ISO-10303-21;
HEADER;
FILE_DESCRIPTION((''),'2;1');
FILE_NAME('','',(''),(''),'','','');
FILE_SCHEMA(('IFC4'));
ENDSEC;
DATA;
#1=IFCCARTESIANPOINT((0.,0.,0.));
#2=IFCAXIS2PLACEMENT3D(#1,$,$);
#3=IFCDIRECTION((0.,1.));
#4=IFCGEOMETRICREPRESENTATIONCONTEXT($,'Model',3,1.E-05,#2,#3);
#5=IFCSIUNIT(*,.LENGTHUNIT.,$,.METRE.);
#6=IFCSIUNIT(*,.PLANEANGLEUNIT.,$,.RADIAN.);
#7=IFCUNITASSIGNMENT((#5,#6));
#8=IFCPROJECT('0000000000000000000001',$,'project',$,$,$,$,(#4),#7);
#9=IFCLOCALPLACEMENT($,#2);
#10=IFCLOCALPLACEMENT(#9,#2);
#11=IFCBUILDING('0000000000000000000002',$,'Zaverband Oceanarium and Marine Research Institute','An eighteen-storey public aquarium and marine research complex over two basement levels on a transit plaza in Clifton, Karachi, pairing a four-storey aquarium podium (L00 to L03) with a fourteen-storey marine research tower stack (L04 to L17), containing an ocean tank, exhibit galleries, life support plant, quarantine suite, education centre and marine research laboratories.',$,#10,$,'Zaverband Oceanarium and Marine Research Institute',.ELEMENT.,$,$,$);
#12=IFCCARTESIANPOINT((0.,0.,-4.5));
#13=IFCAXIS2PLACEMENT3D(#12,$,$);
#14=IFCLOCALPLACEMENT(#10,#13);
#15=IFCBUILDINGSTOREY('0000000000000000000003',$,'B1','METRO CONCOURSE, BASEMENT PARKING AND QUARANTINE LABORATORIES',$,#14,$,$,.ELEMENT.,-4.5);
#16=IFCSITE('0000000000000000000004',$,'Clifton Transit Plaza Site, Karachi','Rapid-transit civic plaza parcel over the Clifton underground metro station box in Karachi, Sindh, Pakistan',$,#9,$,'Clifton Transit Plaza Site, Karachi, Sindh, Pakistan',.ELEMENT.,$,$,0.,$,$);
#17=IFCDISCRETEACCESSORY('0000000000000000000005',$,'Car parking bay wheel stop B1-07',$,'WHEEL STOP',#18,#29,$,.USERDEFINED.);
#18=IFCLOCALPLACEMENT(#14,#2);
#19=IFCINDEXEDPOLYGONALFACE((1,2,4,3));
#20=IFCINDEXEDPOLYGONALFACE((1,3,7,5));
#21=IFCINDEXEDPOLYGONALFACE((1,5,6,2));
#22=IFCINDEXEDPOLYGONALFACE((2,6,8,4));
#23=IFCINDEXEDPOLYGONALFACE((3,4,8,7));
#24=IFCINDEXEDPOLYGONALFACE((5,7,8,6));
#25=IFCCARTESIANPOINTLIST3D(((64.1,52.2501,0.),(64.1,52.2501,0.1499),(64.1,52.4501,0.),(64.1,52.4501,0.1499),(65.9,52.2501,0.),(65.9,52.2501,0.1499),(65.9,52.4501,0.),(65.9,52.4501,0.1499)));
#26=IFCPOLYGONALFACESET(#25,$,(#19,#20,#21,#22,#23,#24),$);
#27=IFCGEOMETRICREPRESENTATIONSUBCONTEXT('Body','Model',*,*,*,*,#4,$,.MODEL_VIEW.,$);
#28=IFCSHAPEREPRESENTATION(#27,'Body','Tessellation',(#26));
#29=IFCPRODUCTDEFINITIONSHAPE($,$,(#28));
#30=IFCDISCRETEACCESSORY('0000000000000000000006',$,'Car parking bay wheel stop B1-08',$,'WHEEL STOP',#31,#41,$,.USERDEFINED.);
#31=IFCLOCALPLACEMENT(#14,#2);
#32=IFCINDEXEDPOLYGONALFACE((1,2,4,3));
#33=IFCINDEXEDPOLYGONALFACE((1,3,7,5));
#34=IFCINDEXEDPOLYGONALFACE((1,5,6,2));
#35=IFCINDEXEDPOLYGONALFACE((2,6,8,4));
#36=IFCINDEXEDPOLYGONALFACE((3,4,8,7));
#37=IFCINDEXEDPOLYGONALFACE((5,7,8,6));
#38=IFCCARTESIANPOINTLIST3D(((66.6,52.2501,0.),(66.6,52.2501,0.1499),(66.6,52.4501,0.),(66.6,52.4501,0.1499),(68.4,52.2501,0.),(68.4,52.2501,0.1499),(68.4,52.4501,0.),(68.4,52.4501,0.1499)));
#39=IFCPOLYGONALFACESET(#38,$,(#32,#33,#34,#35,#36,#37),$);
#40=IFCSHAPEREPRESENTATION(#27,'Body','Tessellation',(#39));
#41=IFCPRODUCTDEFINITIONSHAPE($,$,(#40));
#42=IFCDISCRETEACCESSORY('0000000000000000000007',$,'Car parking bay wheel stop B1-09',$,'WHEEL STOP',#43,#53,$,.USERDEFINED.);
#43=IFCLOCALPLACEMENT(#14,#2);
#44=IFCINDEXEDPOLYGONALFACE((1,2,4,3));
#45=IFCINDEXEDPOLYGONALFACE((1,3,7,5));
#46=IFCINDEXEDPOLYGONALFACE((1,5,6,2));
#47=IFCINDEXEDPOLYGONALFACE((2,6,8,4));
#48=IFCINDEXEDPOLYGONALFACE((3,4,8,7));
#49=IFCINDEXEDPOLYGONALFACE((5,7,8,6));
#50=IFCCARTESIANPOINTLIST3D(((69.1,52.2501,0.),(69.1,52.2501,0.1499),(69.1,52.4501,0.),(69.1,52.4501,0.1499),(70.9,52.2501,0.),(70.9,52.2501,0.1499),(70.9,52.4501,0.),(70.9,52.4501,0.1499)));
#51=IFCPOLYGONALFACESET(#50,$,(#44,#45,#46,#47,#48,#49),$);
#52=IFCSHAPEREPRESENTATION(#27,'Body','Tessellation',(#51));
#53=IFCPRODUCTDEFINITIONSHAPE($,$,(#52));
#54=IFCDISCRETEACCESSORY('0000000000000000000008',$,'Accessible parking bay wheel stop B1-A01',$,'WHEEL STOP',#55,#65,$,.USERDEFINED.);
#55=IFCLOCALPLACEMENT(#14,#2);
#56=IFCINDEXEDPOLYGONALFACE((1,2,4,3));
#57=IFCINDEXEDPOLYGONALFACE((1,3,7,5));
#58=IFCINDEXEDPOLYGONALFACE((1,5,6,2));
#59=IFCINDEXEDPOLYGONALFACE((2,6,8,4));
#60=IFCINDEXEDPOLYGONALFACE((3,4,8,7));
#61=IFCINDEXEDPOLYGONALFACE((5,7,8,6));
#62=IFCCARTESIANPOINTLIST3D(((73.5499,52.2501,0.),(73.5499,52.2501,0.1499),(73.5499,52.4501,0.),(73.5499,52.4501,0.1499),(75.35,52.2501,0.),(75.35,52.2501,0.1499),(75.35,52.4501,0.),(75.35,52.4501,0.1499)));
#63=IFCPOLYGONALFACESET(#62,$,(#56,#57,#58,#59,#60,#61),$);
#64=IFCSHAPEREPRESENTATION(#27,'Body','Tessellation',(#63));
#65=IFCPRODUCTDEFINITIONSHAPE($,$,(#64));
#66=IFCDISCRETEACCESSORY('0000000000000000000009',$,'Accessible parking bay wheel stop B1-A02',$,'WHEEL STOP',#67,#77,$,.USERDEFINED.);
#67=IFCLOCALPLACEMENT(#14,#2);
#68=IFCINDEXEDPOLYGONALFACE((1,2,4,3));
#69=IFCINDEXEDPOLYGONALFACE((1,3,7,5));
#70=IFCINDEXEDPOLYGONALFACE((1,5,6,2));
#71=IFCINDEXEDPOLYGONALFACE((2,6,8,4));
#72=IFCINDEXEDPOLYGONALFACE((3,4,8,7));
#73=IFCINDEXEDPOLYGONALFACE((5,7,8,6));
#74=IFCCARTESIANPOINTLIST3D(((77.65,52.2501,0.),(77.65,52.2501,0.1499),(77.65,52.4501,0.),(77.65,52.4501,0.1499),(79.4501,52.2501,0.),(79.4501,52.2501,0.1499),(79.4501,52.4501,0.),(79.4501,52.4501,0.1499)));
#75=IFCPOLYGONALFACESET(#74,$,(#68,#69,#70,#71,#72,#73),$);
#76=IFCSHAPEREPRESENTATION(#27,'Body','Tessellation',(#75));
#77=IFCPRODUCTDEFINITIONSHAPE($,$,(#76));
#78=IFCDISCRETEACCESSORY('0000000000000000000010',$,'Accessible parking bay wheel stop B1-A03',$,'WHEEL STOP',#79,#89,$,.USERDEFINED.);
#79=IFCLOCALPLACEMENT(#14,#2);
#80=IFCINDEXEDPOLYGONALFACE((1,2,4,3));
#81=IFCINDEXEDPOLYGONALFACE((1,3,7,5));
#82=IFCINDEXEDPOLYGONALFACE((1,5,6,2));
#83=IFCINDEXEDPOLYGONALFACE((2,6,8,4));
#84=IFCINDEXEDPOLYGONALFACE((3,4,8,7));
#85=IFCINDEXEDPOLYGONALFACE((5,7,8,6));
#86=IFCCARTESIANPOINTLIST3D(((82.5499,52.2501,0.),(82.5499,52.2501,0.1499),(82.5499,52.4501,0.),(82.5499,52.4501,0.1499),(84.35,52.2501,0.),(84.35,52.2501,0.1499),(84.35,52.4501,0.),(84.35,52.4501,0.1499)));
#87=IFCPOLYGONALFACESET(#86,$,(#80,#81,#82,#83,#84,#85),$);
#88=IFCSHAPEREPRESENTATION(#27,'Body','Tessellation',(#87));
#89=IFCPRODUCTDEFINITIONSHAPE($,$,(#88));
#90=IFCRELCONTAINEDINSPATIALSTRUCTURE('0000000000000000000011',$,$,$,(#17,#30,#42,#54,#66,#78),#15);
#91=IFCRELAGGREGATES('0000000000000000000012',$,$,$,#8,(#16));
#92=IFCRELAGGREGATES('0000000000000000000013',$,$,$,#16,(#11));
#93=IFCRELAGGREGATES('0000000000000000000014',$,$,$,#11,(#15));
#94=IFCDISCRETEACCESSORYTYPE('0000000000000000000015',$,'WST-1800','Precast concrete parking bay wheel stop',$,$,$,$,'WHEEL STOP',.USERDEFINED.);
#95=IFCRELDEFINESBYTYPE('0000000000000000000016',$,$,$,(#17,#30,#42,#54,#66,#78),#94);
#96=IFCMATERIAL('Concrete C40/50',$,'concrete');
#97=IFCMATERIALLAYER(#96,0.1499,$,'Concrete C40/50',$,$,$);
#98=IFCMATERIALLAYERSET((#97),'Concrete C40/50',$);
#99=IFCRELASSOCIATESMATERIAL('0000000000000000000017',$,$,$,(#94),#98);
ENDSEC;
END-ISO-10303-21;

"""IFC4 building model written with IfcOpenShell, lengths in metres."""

from ifc_helpers import new_model, si_unit, direction, frame, origin, origin_2d, place, context, subcontext, project, spatial, rectangle, extrude, material, layer, layer_set, type_object, element, save


model = new_model("IFC4")

# Units and contexts
model_context = context("Model", 3, precision=1e-05, world=origin(), true_north=direction((0.0, 1.0)))
body_context = subcontext(model_context, "Body", "Model", "MODEL_VIEW")
ifc_project = project(units=[si_unit("LENGTHUNIT", "METRE"), si_unit("PLANEANGLEUNIT", "RADIAN")], contexts=[model_context])

# Site, building, storey
site_placement = place(None, origin())
site = spatial("IfcSite", under=ifc_project, at=site_placement, Name="Clifton Transit Plaza Site, Karachi", Description="Rapid-transit civic plaza parcel over the Clifton underground metro station box in Karachi, Sindh, Pakistan", LongName="Clifton Transit Plaza Site, Karachi, Sindh, Pakistan", CompositionType="ELEMENT", RefElevation=0.0)
building_placement = place(site_placement, origin())
building = spatial("IfcBuilding", under=site, at=building_placement, Name="Zaverband Oceanarium and Marine Research Institute", Description="An eighteen-storey public aquarium and marine research complex over two basement levels on a transit plaza in Clifton, Karachi, pairing a four-storey aquarium podium (L00 to L03) with a fourteen-storey marine research tower stack (L04 to L17), containing an ocean tank, exhibit galleries, life support plant, quarantine suite, education centre and marine research laboratories.", LongName="Zaverband Oceanarium and Marine Research Institute", CompositionType="ELEMENT")
storey_placement = place(building_placement, frame((0.0, 0.0, -4.5)))
storey = spatial("IfcBuildingStorey", under=building, at=storey_placement, Name="B1", Description="METRO CONCOURSE, BASEMENT PARKING AND QUARANTINE LABORATORIES", CompositionType="ELEMENT", Elevation=-4.5)

# Shared definitions
ifc_material_1 = material(Name="Concrete C40/50", Category="concrete")

# Discrete accessories
ifc_layer = layer(ifc_material_1, 0.1499, Name="Concrete C40/50")
ifc_layer_set = layer_set([ifc_layer], Name="Concrete C40/50")
discrete_accessory_type = type_object("IfcDiscreteAccessoryType", Name="WST-1800", Description="Precast concrete parking bay wheel stop", ElementType="WHEEL STOP", PredefinedType="USERDEFINED", material=ifc_layer_set)
for number, where, z_axis, x_axis, name in (
    (1, (65.0, 52.3501, 0.0), (0.0, 0.0, 1.0), (1.0, 0.0, 0.0), "Car parking bay wheel stop B1-07"),
    (2, (67.5, 52.3501, 0.0), (0.0, 0.0, 1.0), (1.0, 0.0, 0.0), "Car parking bay wheel stop B1-08"),
    (3, (70.0, 52.3501, 0.0), (0.0, 0.0, 1.0), (1.0, 0.0, 0.0), "Car parking bay wheel stop B1-09"),
    (4, (74.45, 52.3501, 0.0), (0.0, 0.0, 1.0), (1.0, 0.0, 0.0), "Accessible parking bay wheel stop B1-A01"),
    (5, (78.55, 52.3501, 0.0), (0.0, 0.0, 1.0), (1.0, 0.0, 0.0), "Accessible parking bay wheel stop B1-A02"),
    (6, (83.45, 52.3501, 0.0), (0.0, 0.0, 1.0), (1.0, 0.0, 0.0), "Accessible parking bay wheel stop B1-A03"),
):
    element("IfcDiscreteAccessory", number, at=place(storey_placement, frame(where, z_axis=z_axis, x_axis=x_axis)), inside=storey, type_object=discrete_accessory_type, Name=name, ObjectType="WHEEL STOP", PredefinedType="USERDEFINED", context=body_context, shape_type="SweptSolid", body=[
        extrude(rectangle(XDim=1.8, YDim=0.2, at=origin_2d()), origin(), (0.0, 0.0, 1.0), 0.1499),
    ])

save(model, "model.ifc")
